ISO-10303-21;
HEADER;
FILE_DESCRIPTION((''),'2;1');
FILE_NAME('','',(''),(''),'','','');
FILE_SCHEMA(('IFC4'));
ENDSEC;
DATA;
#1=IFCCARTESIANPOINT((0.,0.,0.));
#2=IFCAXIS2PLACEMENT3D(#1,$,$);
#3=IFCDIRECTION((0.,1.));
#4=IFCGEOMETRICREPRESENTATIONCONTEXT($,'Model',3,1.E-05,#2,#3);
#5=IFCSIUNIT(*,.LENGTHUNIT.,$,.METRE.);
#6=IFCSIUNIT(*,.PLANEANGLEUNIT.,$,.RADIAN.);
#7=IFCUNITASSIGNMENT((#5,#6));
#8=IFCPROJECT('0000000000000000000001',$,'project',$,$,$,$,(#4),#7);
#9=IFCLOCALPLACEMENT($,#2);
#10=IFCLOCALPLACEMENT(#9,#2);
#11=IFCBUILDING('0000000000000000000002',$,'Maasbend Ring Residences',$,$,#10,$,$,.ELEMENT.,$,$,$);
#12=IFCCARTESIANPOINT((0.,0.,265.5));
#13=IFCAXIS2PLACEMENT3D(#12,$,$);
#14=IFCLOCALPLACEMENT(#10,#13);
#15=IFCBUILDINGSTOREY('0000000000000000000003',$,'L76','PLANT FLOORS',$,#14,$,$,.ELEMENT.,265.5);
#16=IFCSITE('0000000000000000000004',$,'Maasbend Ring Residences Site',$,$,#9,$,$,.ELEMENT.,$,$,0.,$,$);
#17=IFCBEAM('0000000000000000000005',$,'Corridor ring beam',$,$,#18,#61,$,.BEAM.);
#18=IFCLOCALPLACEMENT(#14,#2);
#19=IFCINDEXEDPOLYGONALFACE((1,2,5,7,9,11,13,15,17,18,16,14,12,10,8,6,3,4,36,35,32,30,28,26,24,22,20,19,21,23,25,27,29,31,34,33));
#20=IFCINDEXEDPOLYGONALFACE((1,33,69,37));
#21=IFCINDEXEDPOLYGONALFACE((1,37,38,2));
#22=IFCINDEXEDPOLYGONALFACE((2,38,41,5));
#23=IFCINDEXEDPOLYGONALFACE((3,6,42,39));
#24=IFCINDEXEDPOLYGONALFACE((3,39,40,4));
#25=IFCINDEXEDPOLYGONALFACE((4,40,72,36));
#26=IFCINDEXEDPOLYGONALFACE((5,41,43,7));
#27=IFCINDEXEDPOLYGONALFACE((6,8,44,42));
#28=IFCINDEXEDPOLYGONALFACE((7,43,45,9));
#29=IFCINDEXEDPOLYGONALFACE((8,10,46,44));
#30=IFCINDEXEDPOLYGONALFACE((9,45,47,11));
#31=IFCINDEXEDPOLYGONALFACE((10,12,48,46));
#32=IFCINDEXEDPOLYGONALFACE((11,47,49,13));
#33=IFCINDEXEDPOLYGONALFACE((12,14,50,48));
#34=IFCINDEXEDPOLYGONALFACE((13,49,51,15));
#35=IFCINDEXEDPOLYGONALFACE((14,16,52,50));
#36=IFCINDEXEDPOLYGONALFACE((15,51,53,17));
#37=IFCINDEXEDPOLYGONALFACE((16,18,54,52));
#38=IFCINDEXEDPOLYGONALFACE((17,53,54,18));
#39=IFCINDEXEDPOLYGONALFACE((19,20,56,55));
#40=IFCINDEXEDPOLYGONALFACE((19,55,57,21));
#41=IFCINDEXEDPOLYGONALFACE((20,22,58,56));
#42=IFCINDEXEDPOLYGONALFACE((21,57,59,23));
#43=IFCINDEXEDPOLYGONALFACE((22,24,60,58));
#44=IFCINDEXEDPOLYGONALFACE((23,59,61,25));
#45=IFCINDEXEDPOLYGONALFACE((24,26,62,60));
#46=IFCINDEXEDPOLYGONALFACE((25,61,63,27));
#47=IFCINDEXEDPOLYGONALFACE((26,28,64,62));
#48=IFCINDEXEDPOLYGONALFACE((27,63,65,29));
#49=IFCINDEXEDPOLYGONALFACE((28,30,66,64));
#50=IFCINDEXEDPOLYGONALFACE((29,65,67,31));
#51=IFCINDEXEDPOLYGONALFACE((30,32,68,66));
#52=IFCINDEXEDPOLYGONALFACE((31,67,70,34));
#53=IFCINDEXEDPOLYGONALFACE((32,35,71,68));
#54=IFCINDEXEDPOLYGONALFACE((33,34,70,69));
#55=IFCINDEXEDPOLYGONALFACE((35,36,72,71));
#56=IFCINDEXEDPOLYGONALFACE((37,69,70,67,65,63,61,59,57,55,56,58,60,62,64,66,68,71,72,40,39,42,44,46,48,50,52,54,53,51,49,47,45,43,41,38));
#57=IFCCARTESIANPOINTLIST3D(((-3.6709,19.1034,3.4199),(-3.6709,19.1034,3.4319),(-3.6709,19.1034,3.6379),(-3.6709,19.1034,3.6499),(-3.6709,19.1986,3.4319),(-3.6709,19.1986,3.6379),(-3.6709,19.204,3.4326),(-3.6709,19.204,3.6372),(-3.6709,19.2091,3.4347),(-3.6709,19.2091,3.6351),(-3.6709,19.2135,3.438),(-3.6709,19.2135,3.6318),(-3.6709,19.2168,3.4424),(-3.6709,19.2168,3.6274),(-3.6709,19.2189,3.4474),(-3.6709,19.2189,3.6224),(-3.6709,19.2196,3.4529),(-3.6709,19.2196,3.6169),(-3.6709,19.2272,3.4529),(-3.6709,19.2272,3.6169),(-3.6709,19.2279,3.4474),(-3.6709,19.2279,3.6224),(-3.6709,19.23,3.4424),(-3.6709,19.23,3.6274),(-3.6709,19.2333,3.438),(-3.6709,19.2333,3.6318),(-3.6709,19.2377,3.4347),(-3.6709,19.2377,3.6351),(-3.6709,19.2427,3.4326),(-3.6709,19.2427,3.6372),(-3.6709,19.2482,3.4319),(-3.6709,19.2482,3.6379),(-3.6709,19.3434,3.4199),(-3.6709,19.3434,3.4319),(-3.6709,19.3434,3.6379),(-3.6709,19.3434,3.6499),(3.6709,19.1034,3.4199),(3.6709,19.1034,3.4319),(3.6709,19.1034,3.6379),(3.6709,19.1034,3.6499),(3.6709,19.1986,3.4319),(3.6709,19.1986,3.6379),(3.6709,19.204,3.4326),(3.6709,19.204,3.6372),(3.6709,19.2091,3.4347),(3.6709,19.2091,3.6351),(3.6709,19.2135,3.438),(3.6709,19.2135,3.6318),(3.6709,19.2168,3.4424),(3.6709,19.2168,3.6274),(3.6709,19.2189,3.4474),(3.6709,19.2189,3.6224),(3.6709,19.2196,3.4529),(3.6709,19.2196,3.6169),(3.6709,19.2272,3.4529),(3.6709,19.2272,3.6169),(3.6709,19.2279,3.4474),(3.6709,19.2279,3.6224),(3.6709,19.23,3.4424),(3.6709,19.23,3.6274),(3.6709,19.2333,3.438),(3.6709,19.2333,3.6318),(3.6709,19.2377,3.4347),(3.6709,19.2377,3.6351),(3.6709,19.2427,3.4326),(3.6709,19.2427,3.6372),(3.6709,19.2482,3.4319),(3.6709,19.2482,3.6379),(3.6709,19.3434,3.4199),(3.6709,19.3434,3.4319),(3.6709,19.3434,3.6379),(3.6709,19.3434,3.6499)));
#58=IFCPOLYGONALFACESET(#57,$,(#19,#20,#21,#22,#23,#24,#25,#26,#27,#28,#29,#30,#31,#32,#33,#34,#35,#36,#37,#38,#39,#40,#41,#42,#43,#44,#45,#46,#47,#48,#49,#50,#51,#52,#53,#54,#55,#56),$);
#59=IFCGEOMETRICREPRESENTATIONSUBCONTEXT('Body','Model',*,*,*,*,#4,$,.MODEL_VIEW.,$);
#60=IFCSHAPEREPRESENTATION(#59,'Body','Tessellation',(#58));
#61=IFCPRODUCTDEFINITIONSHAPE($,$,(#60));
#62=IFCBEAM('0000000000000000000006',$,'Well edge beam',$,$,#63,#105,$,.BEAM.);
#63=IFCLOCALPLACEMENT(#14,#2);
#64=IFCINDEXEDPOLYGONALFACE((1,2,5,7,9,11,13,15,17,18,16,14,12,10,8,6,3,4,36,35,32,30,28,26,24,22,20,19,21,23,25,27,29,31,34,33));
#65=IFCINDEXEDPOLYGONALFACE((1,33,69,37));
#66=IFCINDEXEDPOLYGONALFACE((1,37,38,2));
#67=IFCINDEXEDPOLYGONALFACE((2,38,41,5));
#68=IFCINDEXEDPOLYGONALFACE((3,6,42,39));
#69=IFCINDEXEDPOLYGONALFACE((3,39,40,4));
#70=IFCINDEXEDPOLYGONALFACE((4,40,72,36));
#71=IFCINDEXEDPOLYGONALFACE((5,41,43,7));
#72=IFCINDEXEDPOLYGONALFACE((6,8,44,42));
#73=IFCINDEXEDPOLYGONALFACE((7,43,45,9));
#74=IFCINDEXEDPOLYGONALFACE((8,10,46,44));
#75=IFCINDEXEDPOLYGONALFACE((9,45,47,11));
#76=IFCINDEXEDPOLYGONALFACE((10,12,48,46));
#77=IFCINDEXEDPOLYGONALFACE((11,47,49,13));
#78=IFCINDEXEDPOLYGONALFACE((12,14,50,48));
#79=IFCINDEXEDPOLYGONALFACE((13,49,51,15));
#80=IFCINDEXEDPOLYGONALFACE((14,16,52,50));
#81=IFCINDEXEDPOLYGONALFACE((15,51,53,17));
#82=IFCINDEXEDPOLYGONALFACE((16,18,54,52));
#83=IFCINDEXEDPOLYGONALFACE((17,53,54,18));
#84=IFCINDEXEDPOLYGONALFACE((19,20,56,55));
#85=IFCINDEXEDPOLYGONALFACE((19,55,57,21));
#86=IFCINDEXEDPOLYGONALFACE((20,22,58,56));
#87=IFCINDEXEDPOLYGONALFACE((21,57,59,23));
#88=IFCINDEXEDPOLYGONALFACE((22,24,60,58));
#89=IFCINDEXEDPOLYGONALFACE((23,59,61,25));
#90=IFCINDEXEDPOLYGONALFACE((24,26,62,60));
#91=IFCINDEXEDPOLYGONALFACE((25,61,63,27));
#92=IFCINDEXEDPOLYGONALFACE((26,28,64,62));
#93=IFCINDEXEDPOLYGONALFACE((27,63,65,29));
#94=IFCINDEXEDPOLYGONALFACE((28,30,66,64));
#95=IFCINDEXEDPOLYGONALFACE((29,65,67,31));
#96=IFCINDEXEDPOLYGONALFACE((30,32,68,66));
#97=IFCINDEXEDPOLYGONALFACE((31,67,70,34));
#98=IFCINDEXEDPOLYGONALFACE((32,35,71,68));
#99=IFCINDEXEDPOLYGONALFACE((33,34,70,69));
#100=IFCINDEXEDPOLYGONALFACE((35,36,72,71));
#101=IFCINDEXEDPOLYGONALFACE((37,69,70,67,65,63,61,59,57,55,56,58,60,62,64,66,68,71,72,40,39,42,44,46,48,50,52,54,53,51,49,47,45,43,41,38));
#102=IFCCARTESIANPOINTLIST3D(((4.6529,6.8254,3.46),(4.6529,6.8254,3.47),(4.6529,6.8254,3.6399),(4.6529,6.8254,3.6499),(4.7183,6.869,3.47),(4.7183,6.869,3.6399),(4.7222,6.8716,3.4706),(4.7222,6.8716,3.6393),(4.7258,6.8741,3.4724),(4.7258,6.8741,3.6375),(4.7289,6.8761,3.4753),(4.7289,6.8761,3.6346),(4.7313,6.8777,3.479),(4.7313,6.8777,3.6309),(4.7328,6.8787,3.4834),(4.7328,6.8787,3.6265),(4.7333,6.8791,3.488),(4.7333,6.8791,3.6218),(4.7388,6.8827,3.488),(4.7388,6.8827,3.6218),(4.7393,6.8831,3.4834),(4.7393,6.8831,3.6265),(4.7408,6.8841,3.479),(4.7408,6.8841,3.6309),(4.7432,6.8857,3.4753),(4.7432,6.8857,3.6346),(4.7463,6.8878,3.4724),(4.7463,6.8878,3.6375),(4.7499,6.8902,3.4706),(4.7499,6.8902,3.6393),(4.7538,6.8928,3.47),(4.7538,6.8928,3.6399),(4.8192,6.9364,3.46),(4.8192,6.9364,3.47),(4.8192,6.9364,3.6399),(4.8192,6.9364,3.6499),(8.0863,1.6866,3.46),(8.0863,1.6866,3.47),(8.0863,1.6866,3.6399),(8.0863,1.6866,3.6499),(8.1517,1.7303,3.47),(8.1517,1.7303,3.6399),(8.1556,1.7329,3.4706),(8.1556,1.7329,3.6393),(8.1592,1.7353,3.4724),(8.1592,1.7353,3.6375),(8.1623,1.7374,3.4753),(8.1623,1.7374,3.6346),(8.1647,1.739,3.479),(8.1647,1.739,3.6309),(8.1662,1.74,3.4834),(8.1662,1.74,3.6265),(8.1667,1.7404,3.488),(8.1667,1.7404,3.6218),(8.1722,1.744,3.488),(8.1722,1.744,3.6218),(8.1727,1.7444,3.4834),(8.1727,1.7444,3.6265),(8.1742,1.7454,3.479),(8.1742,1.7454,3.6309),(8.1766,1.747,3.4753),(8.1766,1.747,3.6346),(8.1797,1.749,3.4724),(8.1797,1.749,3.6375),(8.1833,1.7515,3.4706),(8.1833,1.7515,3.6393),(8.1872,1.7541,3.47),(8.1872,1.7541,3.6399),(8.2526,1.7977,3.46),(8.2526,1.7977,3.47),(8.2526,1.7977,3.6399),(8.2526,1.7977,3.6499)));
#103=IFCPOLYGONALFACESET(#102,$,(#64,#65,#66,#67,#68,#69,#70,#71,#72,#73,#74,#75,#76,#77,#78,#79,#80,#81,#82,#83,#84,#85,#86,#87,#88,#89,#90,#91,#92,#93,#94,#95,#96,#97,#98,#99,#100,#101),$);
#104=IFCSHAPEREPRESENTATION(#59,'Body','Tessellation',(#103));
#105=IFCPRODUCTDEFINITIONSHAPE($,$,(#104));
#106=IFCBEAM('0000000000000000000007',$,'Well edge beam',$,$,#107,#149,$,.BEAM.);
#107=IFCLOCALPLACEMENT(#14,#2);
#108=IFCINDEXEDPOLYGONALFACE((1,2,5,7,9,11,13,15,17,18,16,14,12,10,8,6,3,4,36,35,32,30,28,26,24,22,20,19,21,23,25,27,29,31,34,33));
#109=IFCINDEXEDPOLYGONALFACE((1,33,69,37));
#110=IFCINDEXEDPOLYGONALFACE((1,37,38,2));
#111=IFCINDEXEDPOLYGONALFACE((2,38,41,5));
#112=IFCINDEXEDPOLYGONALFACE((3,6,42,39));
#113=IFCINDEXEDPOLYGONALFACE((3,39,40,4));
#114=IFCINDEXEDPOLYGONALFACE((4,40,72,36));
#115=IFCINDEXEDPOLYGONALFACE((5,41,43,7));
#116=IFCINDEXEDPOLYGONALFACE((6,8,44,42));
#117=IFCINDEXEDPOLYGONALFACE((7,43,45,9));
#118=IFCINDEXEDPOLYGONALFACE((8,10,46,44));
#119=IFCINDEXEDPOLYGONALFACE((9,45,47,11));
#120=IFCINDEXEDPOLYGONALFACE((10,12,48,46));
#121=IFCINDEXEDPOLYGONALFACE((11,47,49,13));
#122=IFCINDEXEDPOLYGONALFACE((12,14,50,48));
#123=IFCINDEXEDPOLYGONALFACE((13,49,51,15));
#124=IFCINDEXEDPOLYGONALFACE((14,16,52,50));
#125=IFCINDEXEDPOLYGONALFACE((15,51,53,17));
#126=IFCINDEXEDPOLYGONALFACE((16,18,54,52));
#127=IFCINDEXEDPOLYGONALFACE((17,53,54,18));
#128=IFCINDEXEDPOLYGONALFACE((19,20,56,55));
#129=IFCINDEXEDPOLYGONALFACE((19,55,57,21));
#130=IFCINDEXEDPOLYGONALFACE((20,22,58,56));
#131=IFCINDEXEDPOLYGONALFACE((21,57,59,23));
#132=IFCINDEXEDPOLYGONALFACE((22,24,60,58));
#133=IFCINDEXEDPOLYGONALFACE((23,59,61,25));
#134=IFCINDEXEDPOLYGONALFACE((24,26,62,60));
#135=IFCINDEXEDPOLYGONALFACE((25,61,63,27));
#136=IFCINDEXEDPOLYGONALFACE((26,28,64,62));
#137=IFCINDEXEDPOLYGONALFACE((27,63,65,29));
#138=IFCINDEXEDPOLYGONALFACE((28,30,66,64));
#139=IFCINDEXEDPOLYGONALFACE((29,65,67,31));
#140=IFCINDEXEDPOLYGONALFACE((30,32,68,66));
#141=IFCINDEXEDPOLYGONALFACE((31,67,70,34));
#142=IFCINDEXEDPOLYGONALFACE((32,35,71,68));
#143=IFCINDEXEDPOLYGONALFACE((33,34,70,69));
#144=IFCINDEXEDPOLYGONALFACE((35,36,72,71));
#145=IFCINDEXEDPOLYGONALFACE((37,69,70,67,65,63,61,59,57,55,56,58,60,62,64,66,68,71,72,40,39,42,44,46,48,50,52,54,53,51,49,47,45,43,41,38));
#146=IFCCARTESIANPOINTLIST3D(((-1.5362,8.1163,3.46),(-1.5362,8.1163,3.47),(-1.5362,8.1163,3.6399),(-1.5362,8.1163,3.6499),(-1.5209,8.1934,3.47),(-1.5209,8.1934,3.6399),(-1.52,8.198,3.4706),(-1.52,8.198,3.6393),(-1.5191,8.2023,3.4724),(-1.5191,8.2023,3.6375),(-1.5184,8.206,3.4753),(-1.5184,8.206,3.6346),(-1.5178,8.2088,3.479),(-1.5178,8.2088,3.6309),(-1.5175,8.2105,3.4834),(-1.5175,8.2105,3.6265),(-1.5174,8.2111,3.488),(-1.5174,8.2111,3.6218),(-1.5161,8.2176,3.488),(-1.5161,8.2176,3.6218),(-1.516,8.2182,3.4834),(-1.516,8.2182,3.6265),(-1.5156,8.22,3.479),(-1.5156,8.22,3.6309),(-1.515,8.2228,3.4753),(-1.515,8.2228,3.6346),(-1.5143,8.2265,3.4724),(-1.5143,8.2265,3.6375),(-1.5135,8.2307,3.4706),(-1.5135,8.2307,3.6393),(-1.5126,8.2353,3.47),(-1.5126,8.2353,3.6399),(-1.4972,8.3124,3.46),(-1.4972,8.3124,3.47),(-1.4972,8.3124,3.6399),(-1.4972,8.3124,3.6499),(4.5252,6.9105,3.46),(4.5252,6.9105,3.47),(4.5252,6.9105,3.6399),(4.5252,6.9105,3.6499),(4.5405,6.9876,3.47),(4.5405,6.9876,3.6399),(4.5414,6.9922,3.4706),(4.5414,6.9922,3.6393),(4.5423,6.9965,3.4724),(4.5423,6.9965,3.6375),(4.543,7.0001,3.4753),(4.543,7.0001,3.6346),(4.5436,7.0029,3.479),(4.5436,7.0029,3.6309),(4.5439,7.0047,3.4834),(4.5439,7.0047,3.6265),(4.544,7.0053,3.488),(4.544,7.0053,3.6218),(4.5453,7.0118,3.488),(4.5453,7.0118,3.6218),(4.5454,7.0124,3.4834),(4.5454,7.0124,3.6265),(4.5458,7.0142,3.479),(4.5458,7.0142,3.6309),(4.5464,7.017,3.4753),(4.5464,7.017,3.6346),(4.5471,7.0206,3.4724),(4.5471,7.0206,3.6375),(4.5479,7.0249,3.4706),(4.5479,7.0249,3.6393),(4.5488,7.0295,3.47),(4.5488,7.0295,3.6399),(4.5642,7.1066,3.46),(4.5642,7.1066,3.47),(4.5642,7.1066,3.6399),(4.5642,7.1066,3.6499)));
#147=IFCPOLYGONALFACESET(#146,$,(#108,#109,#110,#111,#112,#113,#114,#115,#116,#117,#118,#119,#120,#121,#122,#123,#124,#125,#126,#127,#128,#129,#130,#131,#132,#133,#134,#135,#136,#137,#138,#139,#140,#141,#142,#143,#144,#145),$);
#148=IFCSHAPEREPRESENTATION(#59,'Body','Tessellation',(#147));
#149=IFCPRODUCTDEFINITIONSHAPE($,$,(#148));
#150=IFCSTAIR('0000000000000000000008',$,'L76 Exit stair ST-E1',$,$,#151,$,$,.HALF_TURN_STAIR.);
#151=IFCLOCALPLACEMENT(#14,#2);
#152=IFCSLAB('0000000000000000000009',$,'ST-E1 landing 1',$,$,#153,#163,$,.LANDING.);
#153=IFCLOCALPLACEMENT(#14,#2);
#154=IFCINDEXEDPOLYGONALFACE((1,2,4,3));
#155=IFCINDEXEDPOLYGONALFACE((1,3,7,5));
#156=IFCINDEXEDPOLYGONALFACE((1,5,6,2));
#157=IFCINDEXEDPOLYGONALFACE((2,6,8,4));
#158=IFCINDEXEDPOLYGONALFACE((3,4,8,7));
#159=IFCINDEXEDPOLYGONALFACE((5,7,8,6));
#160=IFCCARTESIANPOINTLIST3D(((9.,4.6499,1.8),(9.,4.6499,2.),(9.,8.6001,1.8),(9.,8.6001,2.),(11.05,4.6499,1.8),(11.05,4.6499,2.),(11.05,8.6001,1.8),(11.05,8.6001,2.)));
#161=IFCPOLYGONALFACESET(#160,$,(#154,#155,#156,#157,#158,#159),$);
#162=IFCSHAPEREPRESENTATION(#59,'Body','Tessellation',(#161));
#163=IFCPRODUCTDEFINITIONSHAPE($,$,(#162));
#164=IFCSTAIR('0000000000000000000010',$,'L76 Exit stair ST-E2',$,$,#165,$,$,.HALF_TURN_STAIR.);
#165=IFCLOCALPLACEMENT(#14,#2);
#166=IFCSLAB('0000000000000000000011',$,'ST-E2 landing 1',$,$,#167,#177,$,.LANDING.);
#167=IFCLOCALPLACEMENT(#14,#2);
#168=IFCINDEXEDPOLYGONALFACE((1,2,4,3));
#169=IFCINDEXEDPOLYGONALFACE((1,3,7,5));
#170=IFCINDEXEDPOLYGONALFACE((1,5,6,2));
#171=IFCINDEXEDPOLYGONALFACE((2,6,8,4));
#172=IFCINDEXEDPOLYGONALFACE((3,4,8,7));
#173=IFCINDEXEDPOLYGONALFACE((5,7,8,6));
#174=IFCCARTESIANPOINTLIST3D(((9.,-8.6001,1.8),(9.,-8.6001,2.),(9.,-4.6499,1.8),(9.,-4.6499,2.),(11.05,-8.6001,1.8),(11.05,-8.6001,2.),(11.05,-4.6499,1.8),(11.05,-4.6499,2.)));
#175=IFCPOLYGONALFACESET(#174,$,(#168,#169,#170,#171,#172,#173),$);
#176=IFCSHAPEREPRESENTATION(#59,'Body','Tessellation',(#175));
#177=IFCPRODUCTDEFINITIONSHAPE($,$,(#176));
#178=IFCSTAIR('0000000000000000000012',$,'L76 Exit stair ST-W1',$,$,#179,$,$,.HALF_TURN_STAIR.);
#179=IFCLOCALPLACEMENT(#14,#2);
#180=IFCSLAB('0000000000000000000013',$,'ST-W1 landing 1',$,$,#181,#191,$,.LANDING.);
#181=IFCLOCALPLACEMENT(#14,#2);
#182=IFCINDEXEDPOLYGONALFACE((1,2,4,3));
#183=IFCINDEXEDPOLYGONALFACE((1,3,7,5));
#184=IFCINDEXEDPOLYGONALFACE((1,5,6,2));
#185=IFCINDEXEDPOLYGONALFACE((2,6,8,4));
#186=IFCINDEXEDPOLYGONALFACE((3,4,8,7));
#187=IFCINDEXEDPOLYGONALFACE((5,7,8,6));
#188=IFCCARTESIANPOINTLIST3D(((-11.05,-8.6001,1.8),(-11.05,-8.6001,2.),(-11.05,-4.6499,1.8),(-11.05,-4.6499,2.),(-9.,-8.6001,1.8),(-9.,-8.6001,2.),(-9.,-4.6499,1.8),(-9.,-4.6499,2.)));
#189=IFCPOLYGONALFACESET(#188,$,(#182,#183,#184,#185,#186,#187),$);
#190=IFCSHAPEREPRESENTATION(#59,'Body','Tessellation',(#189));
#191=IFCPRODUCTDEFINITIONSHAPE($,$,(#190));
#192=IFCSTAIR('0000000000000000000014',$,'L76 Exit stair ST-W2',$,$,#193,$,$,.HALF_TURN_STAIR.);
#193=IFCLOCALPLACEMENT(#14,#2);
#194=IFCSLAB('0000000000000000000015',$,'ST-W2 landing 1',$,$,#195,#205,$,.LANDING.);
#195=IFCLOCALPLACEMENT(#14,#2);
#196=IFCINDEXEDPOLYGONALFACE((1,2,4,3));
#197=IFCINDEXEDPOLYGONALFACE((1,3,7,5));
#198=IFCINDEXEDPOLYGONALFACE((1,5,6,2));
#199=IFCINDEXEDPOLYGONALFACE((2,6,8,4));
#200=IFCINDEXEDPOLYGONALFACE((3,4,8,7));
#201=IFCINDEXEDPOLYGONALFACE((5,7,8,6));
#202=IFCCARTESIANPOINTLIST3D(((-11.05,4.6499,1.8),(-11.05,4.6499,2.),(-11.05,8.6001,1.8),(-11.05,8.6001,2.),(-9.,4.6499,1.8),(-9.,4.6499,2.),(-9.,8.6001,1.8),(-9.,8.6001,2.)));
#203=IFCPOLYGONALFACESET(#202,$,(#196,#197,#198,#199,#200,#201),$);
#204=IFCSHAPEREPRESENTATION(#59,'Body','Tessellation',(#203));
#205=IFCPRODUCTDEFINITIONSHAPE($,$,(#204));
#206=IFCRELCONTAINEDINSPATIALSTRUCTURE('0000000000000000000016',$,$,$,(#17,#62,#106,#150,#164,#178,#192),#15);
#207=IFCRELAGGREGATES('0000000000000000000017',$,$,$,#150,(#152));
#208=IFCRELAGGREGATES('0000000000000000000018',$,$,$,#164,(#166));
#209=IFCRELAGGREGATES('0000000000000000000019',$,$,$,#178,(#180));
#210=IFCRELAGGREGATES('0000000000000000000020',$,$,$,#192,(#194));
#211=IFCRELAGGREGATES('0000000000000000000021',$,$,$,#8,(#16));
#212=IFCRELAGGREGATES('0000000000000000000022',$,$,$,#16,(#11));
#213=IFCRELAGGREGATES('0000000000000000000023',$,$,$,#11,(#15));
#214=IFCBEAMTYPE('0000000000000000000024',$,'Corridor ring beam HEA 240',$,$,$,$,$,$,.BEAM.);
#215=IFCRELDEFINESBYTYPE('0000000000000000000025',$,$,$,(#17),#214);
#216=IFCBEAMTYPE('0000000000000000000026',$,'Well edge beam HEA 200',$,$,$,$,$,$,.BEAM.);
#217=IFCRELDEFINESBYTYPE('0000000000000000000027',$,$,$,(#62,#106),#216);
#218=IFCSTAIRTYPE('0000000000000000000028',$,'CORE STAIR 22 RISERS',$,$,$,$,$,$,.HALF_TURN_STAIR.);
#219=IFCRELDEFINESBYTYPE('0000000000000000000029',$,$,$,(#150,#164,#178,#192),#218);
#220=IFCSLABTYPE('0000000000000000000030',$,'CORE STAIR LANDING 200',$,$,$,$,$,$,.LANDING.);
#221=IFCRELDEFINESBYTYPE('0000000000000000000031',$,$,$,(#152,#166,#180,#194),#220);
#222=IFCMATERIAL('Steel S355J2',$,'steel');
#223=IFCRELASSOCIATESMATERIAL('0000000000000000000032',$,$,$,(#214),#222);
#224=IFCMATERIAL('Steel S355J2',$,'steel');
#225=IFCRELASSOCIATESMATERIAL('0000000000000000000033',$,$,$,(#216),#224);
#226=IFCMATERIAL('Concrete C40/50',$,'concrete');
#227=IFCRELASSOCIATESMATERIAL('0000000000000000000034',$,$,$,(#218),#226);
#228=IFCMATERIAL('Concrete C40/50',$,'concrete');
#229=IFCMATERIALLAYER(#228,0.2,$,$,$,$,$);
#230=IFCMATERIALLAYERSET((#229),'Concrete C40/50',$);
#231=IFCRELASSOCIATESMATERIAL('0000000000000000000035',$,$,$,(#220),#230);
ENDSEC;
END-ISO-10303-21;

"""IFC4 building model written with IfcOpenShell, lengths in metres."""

from ifc_helpers import new_model, si_unit, direction, frame, origin, origin_2d, place, context, subcontext, project, spatial, polyline, i_section, outline, extrude, material, layer, layer_set, material_profile, profile_set, type_object, element, aggregate, save


model = new_model("IFC4")

# Units and contexts
model_context = context("Model", 3, precision=1e-05, world=origin(), true_north=direction((0.0, 1.0)))
body_context = subcontext(model_context, "Body", "Model", "MODEL_VIEW")
ifc_project = project(units=[si_unit("LENGTHUNIT", "METRE"), si_unit("PLANEANGLEUNIT", "RADIAN")], contexts=[model_context])

# Site, building, storey
site_placement = place(None, origin())
site = spatial("IfcSite", under=ifc_project, at=site_placement, Name="Maasbend Ring Residences Site", CompositionType="ELEMENT", RefElevation=0.0)
building_placement = place(site_placement, origin())
building = spatial("IfcBuilding", under=site, at=building_placement, Name="Maasbend Ring Residences", CompositionType="ELEMENT")
storey_placement = place(building_placement, frame((0.0, 0.0, 265.5)))
storey = spatial("IfcBuildingStorey", under=building, at=storey_placement, Name="L76", Description="PLANT FLOORS", CompositionType="ELEMENT", Elevation=265.5)

# Beams
ifc_material_1 = material(Name="Steel S355J2", Category="steel")
ifc_material_profile_1 = material_profile(ifc_material_1, i_section(OverallWidth=0.24, OverallDepth=0.23, WebThickness=0.0076, FlangeThickness=0.012, FilletRadius=0.021, at=origin_2d()), Name="HEA 240")
ifc_profile_set_1 = profile_set([ifc_material_profile_1], Name="Steel S355J2")
beam_type_1 = type_object("IfcBeamType", Name="Corridor ring beam HEA 240", PredefinedType="BEAM", material=ifc_profile_set_1)
beam_1_placement = place(storey_placement, frame((3.6709, 19.2234, 3.5349), z_axis=(-1.0, 0.0, 0.0), x_axis=(0.0, -1.0, 0.0)))
element("IfcBeam", 1, at=beam_1_placement, inside=storey, type_object=beam_type_1, Name="Corridor ring beam", PredefinedType="BEAM", context=body_context, shape_type="SweptSolid", body=[
    extrude(i_section(OverallWidth=0.24, OverallDepth=0.23, WebThickness=0.0076, FlangeThickness=0.012, FilletRadius=0.021, at=origin_2d()), origin(), (0.0, 0.0, 1.0), 7.3418),
])
ifc_material_2 = material(Name="Steel S355J2", Category="steel")
ifc_material_profile_2 = material_profile(ifc_material_2, i_section(OverallWidth=0.2, OverallDepth=0.1899, WebThickness=0.0066, FlangeThickness=0.01, FilletRadius=0.0181, at=origin_2d()), Name="HEA 200")
ifc_profile_set_2 = profile_set([ifc_material_profile_2], Name="Steel S355J2")
beam_type_2 = type_object("IfcBeamType", Name="Well edge beam HEA 200", PredefinedType="BEAM", material=ifc_profile_set_2)
for number, where, z_axis, x_axis, name in (
    (2, (8.1694, 1.7422, 3.5549), (-0.555548, 0.831485, 0.0), (-0.831485, -0.555548, 0.0), "Well edge beam"),
    (3, (4.5447, 7.0085, 3.5549), (-0.980781, 0.195113, 0.0), (-0.195113, -0.980781, 0.0), "Well edge beam"),
):
    element("IfcBeam", number, at=place(storey_placement, frame(where, z_axis=z_axis, x_axis=x_axis)), inside=storey, type_object=beam_type_2, Name=name, PredefinedType="BEAM", context=body_context, shape_type="SweptSolid", body=[
        extrude(i_section(OverallWidth=0.2, OverallDepth=0.1899, WebThickness=0.0066, FlangeThickness=0.01, FilletRadius=0.0181, at=origin_2d()), origin(), (0.0, 0.0, 1.0), 6.1802),
    ])

# Stairs, slabs
ifc_material_3 = material(Name="Concrete C40/50", Category="concrete")
stair_type = type_object("IfcStairType", Name="CORE STAIR 22 RISERS", PredefinedType="HALF_TURN_STAIR", material=ifc_material_3)
stair_1_placement = place(storey_placement, origin())
stair_1 = element("IfcStair", 4, at=stair_1_placement, inside=storey, type_object=stair_type, Name="L76 Exit stair ST-E1", PredefinedType="HALF_TURN_STAIR")
ifc_material_4 = material(Name="Concrete C40/50", Category="concrete")
ifc_layer_1 = layer(ifc_material_4, 0.2)
ifc_layer_set_1 = layer_set([ifc_layer_1], Name="Concrete C40/50")
slab_type = type_object("IfcSlabType", Name="CORE STAIR LANDING 200", PredefinedType="LANDING", material=ifc_layer_set_1)
slab_1_placement = place(storey_placement, frame((0.0, 0.0, 1.8)))
slab_1 = element("IfcSlab", 5, at=slab_1_placement, type_object=slab_type, Name="ST-E1 landing 1", PredefinedType="LANDING", context=body_context, shape_type="SweptSolid", body=[
    extrude(outline(polyline([(11.05, 8.6001), (9.0, 8.6001), (9.0, 4.6499), (11.05, 4.6499), (11.05, 8.6001)])), origin(), (0.0, 0.0, 1.0), 0.2),
])
aggregate(stair_1, [slab_1])
stair_2_placement = place(storey_placement, origin())
stair_2 = element("IfcStair", 6, at=stair_2_placement, inside=storey, type_object=stair_type, Name="L76 Exit stair ST-E2", PredefinedType="HALF_TURN_STAIR")
slab_2_placement = place(storey_placement, frame((0.0, 0.0, 1.8)))
slab_2 = element("IfcSlab", 7, at=slab_2_placement, type_object=slab_type, Name="ST-E2 landing 1", PredefinedType="LANDING", context=body_context, shape_type="SweptSolid", body=[
    extrude(outline(polyline([(11.05, -4.6499), (9.0, -4.6499), (9.0, -8.6001), (11.05, -8.6001), (11.05, -4.6499)])), origin(), (0.0, 0.0, 1.0), 0.2),
])
aggregate(stair_2, [slab_2])
stair_3_placement = place(storey_placement, origin())
stair_3 = element("IfcStair", 8, at=stair_3_placement, inside=storey, type_object=stair_type, Name="L76 Exit stair ST-W1", PredefinedType="HALF_TURN_STAIR")
slab_3_placement = place(storey_placement, frame((0.0, 0.0, 1.8)))
slab_3 = element("IfcSlab", 9, at=slab_3_placement, type_object=slab_type, Name="ST-W1 landing 1", PredefinedType="LANDING", context=body_context, shape_type="SweptSolid", body=[
    extrude(outline(polyline([(-11.05, -8.6001), (-9.0, -8.6001), (-9.0, -4.6499), (-11.05, -4.6499), (-11.05, -8.6001)])), origin(), (0.0, 0.0, 1.0), 0.2),
])
aggregate(stair_3, [slab_3])
stair_4_placement = place(storey_placement, origin())
stair_4 = element("IfcStair", 10, at=stair_4_placement, inside=storey, type_object=stair_type, Name="L76 Exit stair ST-W2", PredefinedType="HALF_TURN_STAIR")
slab_4_placement = place(storey_placement, frame((0.0, 0.0, 1.8)))
slab_4 = element("IfcSlab", 11, at=slab_4_placement, type_object=slab_type, Name="ST-W2 landing 1", PredefinedType="LANDING", context=body_context, shape_type="SweptSolid", body=[
    extrude(outline(polyline([(-11.05, 4.6499), (-9.0, 4.6499), (-9.0, 8.6001), (-11.05, 8.6001), (-11.05, 4.6499)])), origin(), (0.0, 0.0, 1.0), 0.2),
])
aggregate(stair_4, [slab_4])

save(model, "model.ifc")
